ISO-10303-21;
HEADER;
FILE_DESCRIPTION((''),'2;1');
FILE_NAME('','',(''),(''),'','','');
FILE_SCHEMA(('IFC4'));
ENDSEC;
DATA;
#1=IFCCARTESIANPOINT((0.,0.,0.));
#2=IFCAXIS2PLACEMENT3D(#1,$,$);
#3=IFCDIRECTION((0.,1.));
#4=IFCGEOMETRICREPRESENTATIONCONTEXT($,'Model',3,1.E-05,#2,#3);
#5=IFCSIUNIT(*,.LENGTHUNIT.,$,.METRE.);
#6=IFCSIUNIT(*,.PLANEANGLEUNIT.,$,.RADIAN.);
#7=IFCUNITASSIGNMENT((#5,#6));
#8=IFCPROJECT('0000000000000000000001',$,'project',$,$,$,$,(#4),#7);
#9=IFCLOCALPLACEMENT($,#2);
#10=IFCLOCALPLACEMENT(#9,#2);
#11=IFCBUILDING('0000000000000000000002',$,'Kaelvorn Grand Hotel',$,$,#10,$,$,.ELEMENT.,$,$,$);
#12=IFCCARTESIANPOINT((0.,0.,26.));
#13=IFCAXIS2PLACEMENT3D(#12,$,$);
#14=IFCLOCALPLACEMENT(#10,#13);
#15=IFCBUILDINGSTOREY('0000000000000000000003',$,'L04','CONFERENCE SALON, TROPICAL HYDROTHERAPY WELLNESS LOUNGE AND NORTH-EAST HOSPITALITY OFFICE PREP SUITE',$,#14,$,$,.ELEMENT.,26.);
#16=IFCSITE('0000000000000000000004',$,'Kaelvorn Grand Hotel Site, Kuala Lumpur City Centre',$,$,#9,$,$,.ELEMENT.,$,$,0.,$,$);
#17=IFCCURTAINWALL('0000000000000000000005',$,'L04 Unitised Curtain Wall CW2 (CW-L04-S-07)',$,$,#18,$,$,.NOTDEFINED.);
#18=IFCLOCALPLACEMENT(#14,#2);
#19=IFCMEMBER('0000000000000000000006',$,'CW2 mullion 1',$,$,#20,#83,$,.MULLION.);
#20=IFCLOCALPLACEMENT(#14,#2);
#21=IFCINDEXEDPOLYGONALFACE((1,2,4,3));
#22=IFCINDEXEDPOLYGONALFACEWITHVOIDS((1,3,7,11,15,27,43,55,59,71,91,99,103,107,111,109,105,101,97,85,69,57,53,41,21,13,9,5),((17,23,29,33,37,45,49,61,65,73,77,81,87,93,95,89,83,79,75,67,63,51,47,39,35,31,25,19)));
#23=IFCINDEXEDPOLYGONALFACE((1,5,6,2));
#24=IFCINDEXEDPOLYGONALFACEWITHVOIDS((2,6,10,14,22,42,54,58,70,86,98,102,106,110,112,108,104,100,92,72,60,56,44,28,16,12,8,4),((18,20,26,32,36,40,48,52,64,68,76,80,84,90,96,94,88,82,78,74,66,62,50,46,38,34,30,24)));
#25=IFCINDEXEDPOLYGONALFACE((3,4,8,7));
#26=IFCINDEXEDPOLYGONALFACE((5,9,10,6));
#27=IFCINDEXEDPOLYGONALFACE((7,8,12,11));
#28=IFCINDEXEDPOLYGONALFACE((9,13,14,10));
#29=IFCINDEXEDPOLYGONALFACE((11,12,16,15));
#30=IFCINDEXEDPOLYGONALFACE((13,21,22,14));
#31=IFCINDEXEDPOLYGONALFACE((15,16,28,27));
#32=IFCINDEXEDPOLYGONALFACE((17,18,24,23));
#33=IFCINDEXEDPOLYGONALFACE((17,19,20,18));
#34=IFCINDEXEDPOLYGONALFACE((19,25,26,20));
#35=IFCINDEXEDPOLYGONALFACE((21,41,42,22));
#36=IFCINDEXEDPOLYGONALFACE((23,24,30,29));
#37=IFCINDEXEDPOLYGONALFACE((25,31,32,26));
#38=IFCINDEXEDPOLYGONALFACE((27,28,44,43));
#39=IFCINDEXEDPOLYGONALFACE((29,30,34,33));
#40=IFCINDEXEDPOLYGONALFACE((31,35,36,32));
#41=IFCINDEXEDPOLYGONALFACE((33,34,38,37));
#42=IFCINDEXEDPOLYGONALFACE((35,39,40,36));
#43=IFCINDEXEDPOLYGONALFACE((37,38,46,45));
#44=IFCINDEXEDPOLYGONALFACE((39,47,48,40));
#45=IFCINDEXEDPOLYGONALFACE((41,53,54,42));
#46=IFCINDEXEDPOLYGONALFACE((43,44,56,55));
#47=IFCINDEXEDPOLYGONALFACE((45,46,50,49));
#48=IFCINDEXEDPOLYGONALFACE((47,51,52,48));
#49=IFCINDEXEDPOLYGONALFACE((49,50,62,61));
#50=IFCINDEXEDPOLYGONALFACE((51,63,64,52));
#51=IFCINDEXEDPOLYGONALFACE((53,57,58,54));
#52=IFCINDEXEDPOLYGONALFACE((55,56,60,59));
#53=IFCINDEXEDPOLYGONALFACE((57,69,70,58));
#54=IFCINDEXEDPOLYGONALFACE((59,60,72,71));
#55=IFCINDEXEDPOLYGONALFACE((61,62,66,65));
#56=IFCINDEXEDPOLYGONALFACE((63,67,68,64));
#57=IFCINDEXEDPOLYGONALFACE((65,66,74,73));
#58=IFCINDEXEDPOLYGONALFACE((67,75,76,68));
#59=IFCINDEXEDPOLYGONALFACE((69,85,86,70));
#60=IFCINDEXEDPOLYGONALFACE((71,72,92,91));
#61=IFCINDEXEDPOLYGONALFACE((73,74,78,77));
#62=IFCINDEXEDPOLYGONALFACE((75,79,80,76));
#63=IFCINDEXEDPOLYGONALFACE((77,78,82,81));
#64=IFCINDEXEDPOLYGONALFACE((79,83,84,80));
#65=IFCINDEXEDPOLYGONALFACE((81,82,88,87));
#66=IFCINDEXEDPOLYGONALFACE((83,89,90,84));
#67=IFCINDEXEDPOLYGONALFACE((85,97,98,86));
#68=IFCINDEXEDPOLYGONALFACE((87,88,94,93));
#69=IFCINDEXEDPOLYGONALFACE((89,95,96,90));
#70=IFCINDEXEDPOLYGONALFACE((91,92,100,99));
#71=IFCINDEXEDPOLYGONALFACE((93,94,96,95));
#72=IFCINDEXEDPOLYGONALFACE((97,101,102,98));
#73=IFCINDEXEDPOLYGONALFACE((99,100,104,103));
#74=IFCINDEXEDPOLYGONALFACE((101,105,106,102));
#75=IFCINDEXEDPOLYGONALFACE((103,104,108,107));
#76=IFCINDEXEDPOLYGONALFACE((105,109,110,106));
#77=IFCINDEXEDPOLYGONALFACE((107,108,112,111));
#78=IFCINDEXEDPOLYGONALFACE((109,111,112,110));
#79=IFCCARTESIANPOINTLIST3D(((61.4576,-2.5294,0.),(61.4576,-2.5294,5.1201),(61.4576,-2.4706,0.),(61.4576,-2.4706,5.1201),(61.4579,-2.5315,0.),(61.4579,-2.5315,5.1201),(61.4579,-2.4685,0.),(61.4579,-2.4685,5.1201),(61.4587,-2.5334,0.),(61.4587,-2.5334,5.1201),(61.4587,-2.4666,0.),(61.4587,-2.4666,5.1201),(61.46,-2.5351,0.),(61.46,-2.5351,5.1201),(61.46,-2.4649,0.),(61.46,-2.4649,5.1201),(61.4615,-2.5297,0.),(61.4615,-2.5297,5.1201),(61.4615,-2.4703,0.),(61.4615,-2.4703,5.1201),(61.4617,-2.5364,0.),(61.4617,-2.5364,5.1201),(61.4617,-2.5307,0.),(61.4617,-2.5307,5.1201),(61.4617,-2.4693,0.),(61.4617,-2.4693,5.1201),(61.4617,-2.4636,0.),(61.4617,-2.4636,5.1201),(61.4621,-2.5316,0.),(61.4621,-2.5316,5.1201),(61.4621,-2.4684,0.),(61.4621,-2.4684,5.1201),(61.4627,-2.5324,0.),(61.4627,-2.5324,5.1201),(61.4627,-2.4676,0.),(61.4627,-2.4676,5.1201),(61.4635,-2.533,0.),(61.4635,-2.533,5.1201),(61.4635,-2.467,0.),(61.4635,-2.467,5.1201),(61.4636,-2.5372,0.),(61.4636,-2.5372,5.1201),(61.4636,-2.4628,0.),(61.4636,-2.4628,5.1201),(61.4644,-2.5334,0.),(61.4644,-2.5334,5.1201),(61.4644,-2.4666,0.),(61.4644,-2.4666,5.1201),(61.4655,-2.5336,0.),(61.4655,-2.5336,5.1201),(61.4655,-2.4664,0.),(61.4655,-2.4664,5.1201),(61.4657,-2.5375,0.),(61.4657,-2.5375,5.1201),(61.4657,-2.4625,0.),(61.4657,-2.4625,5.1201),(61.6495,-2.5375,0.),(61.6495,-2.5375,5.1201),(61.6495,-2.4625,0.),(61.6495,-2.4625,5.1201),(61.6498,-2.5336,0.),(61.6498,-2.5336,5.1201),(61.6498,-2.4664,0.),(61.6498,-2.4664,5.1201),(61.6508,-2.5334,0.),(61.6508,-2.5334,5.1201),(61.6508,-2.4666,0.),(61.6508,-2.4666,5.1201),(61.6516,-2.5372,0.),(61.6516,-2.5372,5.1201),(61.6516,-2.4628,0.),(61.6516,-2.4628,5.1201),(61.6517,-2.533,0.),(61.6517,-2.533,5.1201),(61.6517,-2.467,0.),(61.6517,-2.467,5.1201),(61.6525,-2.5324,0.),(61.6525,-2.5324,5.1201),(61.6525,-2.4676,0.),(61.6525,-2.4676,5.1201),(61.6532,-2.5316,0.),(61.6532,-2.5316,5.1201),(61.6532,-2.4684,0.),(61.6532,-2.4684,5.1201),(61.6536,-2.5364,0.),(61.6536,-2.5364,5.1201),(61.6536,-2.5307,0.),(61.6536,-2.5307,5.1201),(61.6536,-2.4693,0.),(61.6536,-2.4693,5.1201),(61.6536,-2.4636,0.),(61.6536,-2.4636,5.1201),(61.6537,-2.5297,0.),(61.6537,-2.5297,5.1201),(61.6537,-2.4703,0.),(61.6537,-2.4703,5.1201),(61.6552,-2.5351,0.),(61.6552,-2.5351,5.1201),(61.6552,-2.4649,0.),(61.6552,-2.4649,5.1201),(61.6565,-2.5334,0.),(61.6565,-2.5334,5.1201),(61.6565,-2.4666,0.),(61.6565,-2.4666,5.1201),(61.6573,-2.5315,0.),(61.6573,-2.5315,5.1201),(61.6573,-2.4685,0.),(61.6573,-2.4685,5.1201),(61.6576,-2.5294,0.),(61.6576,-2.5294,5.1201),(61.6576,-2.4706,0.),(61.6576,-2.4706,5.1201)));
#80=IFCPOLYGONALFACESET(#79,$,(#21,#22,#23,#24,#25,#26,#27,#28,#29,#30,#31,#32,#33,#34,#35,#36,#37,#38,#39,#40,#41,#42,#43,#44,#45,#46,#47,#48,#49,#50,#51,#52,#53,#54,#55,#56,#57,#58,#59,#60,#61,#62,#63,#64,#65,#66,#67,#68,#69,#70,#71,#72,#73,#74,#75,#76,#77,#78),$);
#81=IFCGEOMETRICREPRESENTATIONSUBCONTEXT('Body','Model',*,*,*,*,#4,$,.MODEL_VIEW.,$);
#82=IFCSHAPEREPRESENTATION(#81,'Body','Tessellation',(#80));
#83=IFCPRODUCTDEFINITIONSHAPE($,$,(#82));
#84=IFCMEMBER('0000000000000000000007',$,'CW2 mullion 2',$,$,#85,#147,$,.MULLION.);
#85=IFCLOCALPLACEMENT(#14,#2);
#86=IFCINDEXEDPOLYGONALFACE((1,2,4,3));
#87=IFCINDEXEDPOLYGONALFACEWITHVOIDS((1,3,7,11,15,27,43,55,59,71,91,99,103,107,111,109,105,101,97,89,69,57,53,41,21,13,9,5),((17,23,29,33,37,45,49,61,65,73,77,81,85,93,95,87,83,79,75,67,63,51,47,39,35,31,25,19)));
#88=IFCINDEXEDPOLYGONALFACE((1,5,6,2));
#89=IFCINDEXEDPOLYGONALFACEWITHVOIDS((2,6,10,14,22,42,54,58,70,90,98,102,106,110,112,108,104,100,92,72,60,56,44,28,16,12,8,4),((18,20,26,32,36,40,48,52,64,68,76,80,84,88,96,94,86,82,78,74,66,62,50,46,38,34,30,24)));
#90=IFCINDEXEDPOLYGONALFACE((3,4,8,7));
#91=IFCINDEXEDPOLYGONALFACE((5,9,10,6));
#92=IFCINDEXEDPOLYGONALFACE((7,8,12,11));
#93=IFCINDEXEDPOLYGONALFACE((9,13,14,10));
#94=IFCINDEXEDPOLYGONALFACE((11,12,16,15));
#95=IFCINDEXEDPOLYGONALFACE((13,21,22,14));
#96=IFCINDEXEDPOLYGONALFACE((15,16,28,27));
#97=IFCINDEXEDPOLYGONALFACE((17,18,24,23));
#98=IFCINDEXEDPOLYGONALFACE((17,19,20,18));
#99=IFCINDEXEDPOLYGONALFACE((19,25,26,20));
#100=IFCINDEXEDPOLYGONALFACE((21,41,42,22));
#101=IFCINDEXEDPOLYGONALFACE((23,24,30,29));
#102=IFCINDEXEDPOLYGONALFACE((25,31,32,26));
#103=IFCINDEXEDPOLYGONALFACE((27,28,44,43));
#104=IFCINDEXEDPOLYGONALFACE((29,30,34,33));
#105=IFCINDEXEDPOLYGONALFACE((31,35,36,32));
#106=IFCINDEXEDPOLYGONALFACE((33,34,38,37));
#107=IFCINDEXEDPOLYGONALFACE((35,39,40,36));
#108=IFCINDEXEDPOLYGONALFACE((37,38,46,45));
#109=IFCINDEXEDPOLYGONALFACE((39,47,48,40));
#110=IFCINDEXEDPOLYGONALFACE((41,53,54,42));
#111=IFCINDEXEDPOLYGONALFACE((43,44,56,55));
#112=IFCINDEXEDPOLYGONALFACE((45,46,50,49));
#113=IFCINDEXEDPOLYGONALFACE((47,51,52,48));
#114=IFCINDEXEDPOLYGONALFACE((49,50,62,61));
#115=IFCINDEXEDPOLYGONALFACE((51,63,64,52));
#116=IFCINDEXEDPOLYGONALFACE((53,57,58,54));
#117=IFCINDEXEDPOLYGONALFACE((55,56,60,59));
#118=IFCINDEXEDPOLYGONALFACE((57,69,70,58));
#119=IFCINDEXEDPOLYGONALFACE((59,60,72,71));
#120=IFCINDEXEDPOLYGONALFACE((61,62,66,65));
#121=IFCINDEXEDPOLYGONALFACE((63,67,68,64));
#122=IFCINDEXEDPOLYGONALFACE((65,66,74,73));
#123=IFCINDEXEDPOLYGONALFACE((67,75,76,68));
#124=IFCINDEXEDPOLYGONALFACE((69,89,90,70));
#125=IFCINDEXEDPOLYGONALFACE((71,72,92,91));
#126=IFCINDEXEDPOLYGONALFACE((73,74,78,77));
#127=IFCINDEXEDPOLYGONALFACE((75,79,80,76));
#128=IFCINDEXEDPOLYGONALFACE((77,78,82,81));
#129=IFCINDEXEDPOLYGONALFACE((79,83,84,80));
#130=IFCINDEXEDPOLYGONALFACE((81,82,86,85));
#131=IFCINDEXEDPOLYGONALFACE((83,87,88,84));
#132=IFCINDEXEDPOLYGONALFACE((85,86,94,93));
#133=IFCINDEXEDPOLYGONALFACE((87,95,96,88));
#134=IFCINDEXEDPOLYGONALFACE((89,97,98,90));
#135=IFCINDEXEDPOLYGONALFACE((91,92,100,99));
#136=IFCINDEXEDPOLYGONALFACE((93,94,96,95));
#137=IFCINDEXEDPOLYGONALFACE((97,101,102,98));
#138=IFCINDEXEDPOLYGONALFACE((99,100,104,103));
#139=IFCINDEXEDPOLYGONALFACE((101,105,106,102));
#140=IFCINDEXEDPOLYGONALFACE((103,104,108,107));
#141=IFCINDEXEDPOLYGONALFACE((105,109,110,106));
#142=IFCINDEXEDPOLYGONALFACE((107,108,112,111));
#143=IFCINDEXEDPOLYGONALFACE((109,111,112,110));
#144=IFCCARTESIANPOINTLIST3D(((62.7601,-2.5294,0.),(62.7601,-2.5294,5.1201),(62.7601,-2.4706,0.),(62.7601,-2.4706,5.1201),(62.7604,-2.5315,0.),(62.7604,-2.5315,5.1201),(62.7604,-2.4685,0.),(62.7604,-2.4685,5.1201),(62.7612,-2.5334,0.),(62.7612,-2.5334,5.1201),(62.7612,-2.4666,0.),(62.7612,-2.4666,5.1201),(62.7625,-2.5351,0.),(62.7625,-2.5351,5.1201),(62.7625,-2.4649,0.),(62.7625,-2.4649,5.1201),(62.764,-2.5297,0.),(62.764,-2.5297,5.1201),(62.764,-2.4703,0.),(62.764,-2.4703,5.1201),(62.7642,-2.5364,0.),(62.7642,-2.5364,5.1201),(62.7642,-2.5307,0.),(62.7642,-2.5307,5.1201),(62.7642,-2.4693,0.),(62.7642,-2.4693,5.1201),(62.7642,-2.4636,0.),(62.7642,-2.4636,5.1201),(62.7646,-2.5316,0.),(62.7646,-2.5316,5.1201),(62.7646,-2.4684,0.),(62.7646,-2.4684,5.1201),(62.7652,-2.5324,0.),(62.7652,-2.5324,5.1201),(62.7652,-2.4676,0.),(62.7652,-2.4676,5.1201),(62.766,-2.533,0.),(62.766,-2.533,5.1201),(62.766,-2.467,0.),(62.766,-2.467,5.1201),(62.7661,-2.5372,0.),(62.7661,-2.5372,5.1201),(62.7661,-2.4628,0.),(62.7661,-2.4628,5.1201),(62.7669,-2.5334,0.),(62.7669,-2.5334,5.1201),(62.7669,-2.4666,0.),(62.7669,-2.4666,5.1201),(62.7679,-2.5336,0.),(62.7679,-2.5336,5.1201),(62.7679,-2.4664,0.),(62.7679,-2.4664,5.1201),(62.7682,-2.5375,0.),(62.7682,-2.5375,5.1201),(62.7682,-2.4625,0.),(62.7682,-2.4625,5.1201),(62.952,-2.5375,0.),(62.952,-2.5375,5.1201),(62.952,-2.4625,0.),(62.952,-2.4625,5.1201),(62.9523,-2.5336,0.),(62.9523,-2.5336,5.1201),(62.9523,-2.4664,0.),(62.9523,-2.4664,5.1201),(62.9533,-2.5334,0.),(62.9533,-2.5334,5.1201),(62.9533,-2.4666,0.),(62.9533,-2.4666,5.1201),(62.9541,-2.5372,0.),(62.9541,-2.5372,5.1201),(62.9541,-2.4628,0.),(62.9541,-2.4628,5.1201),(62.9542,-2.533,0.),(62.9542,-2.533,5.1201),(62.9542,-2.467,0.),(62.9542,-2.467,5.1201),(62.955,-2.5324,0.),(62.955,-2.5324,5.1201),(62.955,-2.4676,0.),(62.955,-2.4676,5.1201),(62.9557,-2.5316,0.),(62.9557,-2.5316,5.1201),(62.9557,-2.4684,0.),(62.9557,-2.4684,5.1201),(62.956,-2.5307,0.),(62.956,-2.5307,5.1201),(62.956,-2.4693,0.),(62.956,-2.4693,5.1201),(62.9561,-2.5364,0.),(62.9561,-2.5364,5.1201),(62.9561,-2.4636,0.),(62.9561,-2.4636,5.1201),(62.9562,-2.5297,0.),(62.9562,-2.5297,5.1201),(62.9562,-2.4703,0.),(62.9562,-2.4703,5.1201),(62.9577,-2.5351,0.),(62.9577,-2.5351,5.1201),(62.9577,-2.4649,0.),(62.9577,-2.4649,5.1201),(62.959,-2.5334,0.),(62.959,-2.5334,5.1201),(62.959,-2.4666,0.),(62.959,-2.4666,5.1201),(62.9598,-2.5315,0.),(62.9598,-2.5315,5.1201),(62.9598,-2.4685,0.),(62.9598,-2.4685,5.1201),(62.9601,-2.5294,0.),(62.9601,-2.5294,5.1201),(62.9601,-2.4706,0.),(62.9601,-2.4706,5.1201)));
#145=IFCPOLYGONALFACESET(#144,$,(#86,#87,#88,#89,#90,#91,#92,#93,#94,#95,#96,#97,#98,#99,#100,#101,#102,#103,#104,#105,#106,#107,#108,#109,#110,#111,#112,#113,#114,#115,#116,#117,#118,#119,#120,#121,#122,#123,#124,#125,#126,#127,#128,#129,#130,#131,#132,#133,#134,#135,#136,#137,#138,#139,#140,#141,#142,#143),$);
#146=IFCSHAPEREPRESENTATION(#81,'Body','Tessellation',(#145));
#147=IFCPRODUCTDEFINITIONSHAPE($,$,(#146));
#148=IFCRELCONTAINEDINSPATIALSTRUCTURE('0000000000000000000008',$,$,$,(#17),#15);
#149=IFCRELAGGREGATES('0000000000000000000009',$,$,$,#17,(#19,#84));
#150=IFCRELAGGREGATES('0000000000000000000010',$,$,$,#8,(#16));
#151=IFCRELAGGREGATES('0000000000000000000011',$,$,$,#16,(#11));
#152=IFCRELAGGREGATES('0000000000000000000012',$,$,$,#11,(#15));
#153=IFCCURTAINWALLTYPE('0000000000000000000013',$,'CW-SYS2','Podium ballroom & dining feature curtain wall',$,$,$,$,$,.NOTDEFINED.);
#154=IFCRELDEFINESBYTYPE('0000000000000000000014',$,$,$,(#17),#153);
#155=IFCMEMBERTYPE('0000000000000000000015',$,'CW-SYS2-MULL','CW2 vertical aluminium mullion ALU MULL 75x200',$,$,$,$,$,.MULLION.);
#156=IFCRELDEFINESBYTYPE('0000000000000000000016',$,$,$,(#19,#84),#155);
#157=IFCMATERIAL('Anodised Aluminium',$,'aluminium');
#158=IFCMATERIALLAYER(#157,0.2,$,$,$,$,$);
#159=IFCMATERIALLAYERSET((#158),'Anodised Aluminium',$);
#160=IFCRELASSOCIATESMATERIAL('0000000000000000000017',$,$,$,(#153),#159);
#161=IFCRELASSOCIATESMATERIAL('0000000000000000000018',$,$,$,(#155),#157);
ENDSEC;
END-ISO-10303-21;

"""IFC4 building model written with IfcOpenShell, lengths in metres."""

from ifc_helpers import new_model, si_unit, direction, frame, origin, origin_2d, place, context, subcontext, project, spatial, hollow_rectangle, extrude, material, layer, layer_set, material_profile, profile_set, type_object, element, aggregate, save


model = new_model("IFC4")

# Units and contexts
model_context = context("Model", 3, precision=1e-05, world=origin(), true_north=direction((0.0, 1.0)))
body_context = subcontext(model_context, "Body", "Model", "MODEL_VIEW")
ifc_project = project(units=[si_unit("LENGTHUNIT", "METRE"), si_unit("PLANEANGLEUNIT", "RADIAN")], contexts=[model_context])

# Site, building, storey
site_placement = place(None, origin())
site = spatial("IfcSite", under=ifc_project, at=site_placement, Name="Kaelvorn Grand Hotel Site, Kuala Lumpur City Centre", CompositionType="ELEMENT", RefElevation=0.0)
building_placement = place(site_placement, origin())
building = spatial("IfcBuilding", under=site, at=building_placement, Name="Kaelvorn Grand Hotel", CompositionType="ELEMENT")
storey_placement = place(building_placement, frame((0.0, 0.0, 26.0)))
storey = spatial("IfcBuildingStorey", under=building, at=storey_placement, Name="L04", Description="CONFERENCE SALON, TROPICAL HYDROTHERAPY WELLNESS LOUNGE AND NORTH-EAST HOSPITALITY OFFICE PREP SUITE", CompositionType="ELEMENT", Elevation=26.0)

# Shared definitions
ifc_material_1 = material(Name="Anodised Aluminium", Category="aluminium")
ifc_layer_1 = layer(ifc_material_1, 0.2)
ifc_layer_set_1 = layer_set([ifc_layer_1], Name="Anodised Aluminium")
curtain_wall_type = type_object("IfcCurtainWallType", Name="CW-SYS2", Description="Podium ballroom & dining feature curtain wall", PredefinedType="NOTDEFINED", material=ifc_layer_set_1)
ifc_material_profile_1 = material_profile(ifc_material_1, hollow_rectangle(XDim=0.075, YDim=0.2, WallThickness=0.0039, InnerFilletRadius=0.0039, OuterFilletRadius=0.0081, at=origin_2d()), Name="ALU MULL 75x200")
ifc_profile_set_1 = profile_set([ifc_material_profile_1], Name="Anodised Aluminium")
member_type_1 = type_object("IfcMemberType", Name="CW-SYS2-MULL", Description="CW2 vertical aluminium mullion ALU MULL 75x200", PredefinedType="MULLION", material=ifc_profile_set_1)

# Curtain wall, members
curtain_wall_1_placement = place(storey_placement, origin())
curtain_wall_1 = element("IfcCurtainWall", 1, at=curtain_wall_1_placement, inside=storey, type_object=curtain_wall_type, Name="L04 Unitised Curtain Wall CW2 (CW-L04-S-07)", PredefinedType="NOTDEFINED")
member_1_placement = place(storey_placement, frame((61.5576, -2.5, 0.0), z_axis=(0.0, 0.0, 1.0), x_axis=(0.0, 1.0, 0.0)))
member_1 = element("IfcMember", 2, at=member_1_placement, type_object=member_type_1, Name="CW2 mullion 1", PredefinedType="MULLION", context=body_context, shape_type="SweptSolid", body=[
    extrude(hollow_rectangle(XDim=0.075, YDim=0.2, WallThickness=0.0039, InnerFilletRadius=0.0039, OuterFilletRadius=0.0081, at=origin_2d()), origin(), (0.0, 0.0, 1.0), 5.1201),
])
member_2_placement = place(storey_placement, frame((62.8601, -2.5, 0.0), z_axis=(0.0, 0.0, 1.0), x_axis=(0.0, 1.0, 0.0)))
member_2 = element("IfcMember", 3, at=member_2_placement, type_object=member_type_1, Name="CW2 mullion 2", PredefinedType="MULLION", context=body_context, shape_type="SweptSolid", body=[
    extrude(hollow_rectangle(XDim=0.075, YDim=0.2, WallThickness=0.0039, InnerFilletRadius=0.0039, OuterFilletRadius=0.0081, at=origin_2d()), origin(), (0.0, 0.0, 1.0), 5.1201),
])

aggregate(curtain_wall_1, [member_1, member_2])

save(model, "model.ifc")
